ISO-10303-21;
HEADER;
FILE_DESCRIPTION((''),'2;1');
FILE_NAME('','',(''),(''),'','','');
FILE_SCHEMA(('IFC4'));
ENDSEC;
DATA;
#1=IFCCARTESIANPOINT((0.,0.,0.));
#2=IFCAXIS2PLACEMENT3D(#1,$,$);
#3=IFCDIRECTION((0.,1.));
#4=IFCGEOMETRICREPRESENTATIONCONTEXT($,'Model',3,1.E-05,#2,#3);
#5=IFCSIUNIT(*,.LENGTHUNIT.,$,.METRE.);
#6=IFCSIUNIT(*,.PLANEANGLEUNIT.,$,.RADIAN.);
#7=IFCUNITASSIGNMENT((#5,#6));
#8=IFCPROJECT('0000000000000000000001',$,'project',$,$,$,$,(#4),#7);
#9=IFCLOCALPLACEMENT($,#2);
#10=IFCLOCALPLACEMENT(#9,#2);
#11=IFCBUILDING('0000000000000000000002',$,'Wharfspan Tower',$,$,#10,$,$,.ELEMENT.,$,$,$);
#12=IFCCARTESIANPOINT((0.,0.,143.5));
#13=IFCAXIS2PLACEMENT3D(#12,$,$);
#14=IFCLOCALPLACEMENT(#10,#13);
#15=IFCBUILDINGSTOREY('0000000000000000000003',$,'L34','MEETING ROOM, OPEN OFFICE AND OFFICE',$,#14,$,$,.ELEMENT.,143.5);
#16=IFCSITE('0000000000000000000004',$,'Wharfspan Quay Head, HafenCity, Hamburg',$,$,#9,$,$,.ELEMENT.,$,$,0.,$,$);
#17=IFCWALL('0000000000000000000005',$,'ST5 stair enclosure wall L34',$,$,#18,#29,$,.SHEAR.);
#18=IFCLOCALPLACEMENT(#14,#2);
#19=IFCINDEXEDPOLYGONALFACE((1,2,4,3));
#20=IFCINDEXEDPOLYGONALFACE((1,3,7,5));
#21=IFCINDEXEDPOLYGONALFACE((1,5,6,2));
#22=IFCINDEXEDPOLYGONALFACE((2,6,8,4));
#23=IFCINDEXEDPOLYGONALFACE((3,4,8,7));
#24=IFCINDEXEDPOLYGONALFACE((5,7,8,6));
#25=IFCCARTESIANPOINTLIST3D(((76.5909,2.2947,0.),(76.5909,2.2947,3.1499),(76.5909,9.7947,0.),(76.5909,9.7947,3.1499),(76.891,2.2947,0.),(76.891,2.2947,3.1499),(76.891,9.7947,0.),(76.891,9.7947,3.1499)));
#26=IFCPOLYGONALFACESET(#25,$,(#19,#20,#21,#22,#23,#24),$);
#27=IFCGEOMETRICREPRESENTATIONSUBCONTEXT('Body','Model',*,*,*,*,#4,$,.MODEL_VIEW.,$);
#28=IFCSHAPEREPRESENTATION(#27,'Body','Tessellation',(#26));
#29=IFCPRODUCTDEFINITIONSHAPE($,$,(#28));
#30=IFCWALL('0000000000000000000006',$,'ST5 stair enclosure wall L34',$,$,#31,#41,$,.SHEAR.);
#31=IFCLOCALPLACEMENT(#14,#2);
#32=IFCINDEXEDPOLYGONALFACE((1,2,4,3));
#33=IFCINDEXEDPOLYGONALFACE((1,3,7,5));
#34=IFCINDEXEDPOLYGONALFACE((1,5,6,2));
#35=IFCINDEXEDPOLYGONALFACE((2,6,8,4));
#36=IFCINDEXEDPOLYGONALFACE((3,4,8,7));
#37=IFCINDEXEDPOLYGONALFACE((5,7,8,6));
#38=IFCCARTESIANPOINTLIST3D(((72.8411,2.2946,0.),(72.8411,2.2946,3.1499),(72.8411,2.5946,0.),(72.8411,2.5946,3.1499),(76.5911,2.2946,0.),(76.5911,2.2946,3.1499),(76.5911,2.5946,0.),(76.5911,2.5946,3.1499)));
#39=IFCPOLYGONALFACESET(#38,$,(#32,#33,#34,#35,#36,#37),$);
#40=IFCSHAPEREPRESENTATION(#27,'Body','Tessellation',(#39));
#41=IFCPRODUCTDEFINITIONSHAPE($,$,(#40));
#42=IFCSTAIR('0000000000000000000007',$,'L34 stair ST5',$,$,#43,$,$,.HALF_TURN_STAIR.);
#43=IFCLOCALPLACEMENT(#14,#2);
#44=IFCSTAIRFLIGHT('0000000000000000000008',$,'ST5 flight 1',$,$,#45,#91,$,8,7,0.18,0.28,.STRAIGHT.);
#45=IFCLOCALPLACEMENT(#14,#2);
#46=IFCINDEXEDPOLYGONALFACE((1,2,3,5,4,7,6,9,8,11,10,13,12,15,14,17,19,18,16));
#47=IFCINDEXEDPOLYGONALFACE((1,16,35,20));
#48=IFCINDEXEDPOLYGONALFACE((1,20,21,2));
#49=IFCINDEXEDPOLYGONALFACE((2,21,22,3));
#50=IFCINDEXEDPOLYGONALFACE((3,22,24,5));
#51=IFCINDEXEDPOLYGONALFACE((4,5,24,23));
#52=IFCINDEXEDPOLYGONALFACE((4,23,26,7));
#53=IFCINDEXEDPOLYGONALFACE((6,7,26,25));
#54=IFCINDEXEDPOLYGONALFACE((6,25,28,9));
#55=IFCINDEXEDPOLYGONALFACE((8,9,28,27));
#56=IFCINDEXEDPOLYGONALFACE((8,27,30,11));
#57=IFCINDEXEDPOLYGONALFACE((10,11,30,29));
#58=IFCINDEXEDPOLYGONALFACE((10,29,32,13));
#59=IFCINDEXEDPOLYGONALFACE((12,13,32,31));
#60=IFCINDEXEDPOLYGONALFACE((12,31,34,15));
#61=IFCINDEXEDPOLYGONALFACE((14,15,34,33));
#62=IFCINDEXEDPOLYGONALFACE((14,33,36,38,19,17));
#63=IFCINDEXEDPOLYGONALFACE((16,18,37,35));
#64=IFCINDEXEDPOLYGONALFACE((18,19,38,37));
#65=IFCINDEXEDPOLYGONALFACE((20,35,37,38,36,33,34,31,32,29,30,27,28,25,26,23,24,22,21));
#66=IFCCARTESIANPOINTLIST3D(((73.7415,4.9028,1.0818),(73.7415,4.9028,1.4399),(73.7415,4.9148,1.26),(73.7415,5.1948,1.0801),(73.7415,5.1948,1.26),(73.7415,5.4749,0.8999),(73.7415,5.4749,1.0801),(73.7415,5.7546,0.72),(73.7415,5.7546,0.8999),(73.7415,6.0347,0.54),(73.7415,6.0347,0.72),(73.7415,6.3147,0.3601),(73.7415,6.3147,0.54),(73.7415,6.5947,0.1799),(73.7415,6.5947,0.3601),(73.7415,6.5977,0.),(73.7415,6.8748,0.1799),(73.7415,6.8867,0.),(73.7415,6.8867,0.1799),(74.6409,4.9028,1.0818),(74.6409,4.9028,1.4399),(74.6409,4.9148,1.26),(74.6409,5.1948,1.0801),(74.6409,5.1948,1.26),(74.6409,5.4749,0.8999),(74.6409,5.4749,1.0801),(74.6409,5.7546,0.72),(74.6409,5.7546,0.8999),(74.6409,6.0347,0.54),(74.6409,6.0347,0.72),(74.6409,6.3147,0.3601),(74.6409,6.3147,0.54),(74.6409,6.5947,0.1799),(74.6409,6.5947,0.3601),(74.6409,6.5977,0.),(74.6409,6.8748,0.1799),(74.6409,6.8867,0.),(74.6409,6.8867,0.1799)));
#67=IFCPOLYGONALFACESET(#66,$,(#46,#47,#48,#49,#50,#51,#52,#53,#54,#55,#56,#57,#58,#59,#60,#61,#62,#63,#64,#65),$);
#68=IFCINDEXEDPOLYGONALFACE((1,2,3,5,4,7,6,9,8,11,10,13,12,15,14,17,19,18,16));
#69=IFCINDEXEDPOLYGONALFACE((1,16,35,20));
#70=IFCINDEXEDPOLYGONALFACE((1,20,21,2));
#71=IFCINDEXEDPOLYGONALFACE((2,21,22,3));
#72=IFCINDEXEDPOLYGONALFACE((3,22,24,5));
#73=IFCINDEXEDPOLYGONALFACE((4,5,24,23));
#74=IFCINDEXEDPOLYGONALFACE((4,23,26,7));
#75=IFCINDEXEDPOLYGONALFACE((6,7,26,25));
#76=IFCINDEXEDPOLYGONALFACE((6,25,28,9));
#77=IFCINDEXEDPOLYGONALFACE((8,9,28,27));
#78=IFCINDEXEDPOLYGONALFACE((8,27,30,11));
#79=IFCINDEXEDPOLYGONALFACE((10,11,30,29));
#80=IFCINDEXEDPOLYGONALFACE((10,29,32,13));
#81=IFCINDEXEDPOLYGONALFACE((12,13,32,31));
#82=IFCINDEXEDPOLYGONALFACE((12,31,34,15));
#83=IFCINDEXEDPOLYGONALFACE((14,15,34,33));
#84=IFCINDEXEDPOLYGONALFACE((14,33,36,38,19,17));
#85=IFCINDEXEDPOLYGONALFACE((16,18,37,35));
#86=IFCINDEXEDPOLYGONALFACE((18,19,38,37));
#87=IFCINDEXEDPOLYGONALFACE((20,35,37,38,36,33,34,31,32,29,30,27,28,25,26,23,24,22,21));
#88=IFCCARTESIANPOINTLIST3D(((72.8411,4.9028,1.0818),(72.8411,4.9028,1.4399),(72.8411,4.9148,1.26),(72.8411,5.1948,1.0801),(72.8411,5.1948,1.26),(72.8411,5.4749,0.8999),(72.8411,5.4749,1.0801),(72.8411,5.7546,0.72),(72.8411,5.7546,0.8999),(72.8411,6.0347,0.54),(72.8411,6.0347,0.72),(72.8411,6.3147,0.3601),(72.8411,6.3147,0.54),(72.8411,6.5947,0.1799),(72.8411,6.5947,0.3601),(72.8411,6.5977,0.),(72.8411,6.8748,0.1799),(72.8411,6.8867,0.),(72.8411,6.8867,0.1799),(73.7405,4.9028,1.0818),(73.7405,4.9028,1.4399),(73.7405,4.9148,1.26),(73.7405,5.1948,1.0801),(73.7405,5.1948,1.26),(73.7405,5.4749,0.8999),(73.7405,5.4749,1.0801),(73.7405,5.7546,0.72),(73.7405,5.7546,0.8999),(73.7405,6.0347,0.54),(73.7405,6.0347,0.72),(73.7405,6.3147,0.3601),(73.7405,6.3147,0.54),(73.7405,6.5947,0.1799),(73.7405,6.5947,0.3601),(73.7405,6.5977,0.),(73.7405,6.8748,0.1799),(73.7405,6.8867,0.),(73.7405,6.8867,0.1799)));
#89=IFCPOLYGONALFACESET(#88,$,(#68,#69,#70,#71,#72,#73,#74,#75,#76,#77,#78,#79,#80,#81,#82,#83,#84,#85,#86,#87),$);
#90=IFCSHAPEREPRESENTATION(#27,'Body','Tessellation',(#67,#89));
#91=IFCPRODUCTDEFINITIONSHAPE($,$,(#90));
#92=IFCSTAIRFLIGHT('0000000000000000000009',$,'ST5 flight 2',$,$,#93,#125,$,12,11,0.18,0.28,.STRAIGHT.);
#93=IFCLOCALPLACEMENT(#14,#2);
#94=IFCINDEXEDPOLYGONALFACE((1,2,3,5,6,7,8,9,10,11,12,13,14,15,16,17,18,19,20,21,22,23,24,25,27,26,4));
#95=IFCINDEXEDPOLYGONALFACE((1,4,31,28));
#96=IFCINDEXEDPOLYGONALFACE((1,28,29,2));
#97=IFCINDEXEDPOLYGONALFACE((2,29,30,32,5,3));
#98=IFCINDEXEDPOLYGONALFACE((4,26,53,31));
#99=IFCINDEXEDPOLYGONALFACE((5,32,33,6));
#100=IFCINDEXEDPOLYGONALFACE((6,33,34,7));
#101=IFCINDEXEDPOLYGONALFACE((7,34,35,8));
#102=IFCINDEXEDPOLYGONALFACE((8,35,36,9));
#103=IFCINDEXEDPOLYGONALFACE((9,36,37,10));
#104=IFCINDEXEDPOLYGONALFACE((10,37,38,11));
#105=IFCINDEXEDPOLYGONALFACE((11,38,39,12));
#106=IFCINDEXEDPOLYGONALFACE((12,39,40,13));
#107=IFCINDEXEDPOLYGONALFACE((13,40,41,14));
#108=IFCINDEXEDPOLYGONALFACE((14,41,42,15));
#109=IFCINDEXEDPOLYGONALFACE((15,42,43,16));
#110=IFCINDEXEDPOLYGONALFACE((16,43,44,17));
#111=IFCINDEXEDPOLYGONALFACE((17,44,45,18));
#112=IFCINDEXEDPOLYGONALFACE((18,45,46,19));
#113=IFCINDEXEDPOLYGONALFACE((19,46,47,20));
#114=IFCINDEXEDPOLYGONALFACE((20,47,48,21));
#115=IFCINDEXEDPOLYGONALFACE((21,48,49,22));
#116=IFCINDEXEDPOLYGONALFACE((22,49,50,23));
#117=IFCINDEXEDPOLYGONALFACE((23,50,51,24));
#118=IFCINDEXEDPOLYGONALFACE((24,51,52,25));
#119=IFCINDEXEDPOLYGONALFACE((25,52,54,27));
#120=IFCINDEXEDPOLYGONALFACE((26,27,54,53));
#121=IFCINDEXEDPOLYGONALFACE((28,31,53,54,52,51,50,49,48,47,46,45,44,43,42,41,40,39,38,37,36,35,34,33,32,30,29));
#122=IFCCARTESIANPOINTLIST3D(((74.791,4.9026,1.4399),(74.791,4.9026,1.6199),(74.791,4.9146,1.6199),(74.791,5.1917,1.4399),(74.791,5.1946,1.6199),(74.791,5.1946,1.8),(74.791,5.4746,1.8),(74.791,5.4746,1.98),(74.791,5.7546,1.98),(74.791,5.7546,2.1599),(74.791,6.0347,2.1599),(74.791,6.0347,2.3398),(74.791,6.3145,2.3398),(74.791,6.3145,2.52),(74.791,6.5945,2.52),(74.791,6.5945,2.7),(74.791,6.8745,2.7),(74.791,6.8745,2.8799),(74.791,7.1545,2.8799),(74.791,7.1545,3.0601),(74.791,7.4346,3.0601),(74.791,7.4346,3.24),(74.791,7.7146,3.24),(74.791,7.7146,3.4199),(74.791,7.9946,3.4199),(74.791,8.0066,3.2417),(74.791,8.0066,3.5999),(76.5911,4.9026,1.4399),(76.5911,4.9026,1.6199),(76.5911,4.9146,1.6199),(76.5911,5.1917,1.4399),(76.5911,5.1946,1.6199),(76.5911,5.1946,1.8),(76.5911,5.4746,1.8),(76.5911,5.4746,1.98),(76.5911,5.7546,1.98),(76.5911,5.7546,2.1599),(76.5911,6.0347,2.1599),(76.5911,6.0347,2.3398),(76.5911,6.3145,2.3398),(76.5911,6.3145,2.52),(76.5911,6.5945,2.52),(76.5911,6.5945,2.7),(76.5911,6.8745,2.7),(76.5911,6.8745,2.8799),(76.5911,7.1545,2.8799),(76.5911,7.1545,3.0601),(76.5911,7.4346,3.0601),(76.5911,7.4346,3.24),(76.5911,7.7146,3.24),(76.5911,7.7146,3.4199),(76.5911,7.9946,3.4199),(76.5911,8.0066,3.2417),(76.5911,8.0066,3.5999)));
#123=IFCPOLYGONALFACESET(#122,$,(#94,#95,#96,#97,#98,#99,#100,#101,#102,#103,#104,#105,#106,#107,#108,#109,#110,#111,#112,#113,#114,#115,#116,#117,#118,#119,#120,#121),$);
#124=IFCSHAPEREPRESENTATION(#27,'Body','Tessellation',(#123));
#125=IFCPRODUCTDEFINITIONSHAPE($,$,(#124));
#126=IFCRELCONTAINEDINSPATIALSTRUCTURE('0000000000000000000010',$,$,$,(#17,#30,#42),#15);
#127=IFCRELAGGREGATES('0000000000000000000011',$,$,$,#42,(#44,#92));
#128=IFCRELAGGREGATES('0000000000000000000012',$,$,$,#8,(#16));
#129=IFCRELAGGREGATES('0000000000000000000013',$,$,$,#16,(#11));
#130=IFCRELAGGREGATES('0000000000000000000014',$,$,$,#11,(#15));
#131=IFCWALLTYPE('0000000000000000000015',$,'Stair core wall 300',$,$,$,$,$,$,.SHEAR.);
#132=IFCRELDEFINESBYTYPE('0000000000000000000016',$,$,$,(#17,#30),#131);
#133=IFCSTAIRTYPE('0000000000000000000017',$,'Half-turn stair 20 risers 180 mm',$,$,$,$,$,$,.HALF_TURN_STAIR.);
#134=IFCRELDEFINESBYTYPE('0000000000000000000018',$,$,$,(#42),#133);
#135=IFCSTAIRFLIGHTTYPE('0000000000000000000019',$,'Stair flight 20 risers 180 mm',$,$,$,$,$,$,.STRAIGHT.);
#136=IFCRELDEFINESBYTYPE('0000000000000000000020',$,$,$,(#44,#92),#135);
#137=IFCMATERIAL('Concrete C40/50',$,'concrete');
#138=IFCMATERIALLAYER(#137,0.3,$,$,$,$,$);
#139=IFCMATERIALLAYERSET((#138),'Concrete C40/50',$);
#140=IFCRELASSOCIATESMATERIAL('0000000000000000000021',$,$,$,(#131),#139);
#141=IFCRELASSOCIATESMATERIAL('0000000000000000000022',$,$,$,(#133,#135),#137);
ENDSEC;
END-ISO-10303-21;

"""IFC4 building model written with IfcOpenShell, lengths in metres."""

from ifc_helpers import new_model, si_unit, direction, frame, frame_2d, origin, place, context, subcontext, project, spatial, polyline, rectangle, outline, extrude, material, layer, layer_set, type_object, element, aggregate, save


model = new_model("IFC4")

# Units and contexts
model_context = context("Model", 3, precision=1e-05, world=origin(), true_north=direction((0.0, 1.0)))
body_context = subcontext(model_context, "Body", "Model", "MODEL_VIEW")
ifc_project = project(units=[si_unit("LENGTHUNIT", "METRE"), si_unit("PLANEANGLEUNIT", "RADIAN")], contexts=[model_context])

# Site, building, storey
site_placement = place(None, origin())
site = spatial("IfcSite", under=ifc_project, at=site_placement, Name="Wharfspan Quay Head, HafenCity, Hamburg", CompositionType="ELEMENT", RefElevation=0.0)
building_placement = place(site_placement, origin())
building = spatial("IfcBuilding", under=site, at=building_placement, Name="Wharfspan Tower", CompositionType="ELEMENT")
storey_placement = place(building_placement, frame((0.0, 0.0, 143.5)))
storey = spatial("IfcBuildingStorey", under=building, at=storey_placement, Name="L34", Description="MEETING ROOM, OPEN OFFICE AND OFFICE", CompositionType="ELEMENT", Elevation=143.5)

# Shared definitions
ifc_material_1 = material(Name="Concrete C40/50", Category="concrete")
ifc_layer_1 = layer(ifc_material_1, 0.3)
ifc_layer_set_1 = layer_set([ifc_layer_1], Name="Concrete C40/50")
wall_type_1 = type_object("IfcWallType", Name="Stair core wall 300", PredefinedType="SHEAR", material=ifc_layer_set_1)

# Walls
for number, where, z_axis, x_axis, name in (
    (1, (76.741, 2.2947, 0.0), (0.0, 0.0, 1.0), (0.0, 1.0, 0.0), "ST5 stair enclosure wall L34"),
):
    element("IfcWall", number, at=place(storey_placement, frame(where, z_axis=z_axis, x_axis=x_axis)), inside=storey, type_object=wall_type_1, Name=name, PredefinedType="SHEAR", context=body_context, shape_type="SweptSolid", body=[
        extrude(rectangle(XDim=7.5, YDim=0.3, at=frame_2d((3.75, 0.0))), origin(), (0.0, 0.0, 1.0), 3.1499),
    ])
wall_1_placement = place(storey_placement, frame((72.8411, 2.4446, 0.0), z_axis=(0.0, 0.0, 1.0), x_axis=(1.0, 0.0, 0.0)))
element("IfcWall", 2, at=wall_1_placement, inside=storey, type_object=wall_type_1, Name="ST5 stair enclosure wall L34", PredefinedType="SHEAR", context=body_context, shape_type="SweptSolid", body=[
    extrude(rectangle(XDim=3.75, YDim=0.3, at=frame_2d((1.875, 0.0))), origin(), (0.0, 0.0, 1.0), 3.1499),
])

# Stair, stair flights
stair_type = type_object("IfcStairType", Name="Half-turn stair 20 risers 180 mm", PredefinedType="HALF_TURN_STAIR", material=ifc_material_1)
stair_placement = place(storey_placement, origin())
stair = element("IfcStair", 3, at=stair_placement, inside=storey, type_object=stair_type, Name="L34 stair ST5", PredefinedType="HALF_TURN_STAIR")
stair_flight_type = type_object("IfcStairFlightType", Name="Stair flight 20 risers 180 mm", PredefinedType="STRAIGHT", material=ifc_material_1)
stair_flight_1_placement = place(storey_placement, frame((73.741, 6.8748, 0.0), z_axis=(0.0, 0.0, 1.0), x_axis=(0.0, -1.0, 0.0)))
stair_flight_1 = element("IfcStairFlight", 4, at=stair_flight_1_placement, type_object=stair_flight_type, Name="ST5 flight 1", NumberOfRisers=8, NumberOfTreads=7, PredefinedType="STRAIGHT", RiserHeight=0.18, TreadLength=0.28, context=body_context, shape_type="SweptSolid", body=[
    extrude(outline(polyline([(-0.012, 0.0), (-0.012, 0.1799), (0.0, 0.1799), (0.28, 0.1799), (0.28, 0.3601), (0.5601, 0.3601), (0.5601, 0.54), (0.8401, 0.54), (0.8401, 0.72), (1.1201, 0.72), (1.1201, 0.8999), (1.3999, 0.8999), (1.3999, 1.0801), (1.6799, 1.0801), (1.6799, 1.26), (1.96, 1.26), (1.9719, 1.4399), (1.9719, 1.0818), (0.2771, 0.0), (-0.012, 0.0)])), frame((0.0, 0.8999, 0.0), z_axis=(0.0, -1.0, 0.0), x_axis=(1.0, 0.0, 0.0)), (0.0, 0.0, 1.0), 0.8994),
    extrude(outline(polyline([(-0.012, 0.0), (-0.012, 0.1799), (0.0, 0.1799), (0.28, 0.1799), (0.28, 0.3601), (0.5601, 0.3601), (0.5601, 0.54), (0.8401, 0.54), (0.8401, 0.72), (1.1201, 0.72), (1.1201, 0.8999), (1.3999, 0.8999), (1.3999, 1.0801), (1.6799, 1.0801), (1.6799, 1.26), (1.96, 1.26), (1.9719, 1.4399), (1.9719, 1.0818), (0.2771, 0.0), (-0.012, 0.0)])), frame((0.0, -0.0005, 0.0), z_axis=(0.0, -1.0, 0.0), x_axis=(1.0, 0.0, 0.0)), (0.0, 0.0, 1.0), 0.8994),
])
stair_flight_2_placement = place(storey_placement, frame((75.6909, 4.9146, 1.4399), z_axis=(0.0, 0.0, 1.0), x_axis=(0.0, 1.0, 0.0)))
stair_flight_2 = element("IfcStairFlight", 5, at=stair_flight_2_placement, type_object=stair_flight_type, Name="ST5 flight 2", NumberOfRisers=12, NumberOfTreads=11, PredefinedType="STRAIGHT", RiserHeight=0.18, TreadLength=0.28, context=body_context, shape_type="SweptSolid", body=[
    extrude(outline(polyline([(-0.012, 0.0), (-0.012, 0.1799), (0.0, 0.1799), (0.28, 0.1799), (0.28, 0.3601), (0.5601, 0.3601), (0.5601, 0.54), (0.8401, 0.54), (0.8401, 0.72), (1.1201, 0.72), (1.1201, 0.8999), (1.3999, 0.8999), (1.3999, 1.0801), (1.6799, 1.0801), (1.6799, 1.26), (1.96, 1.26), (1.96, 1.4399), (2.24, 1.4399), (2.24, 1.6201), (2.52, 1.6201), (2.52, 1.8), (2.8, 1.8), (2.8, 1.98), (3.0801, 1.98), (3.092, 2.1599), (3.092, 1.8018), (0.2771, 0.0), (-0.012, 0.0)])), frame((0.0, 0.8999, 0.0), z_axis=(0.0, -1.0, 0.0), x_axis=(1.0, 0.0, 0.0)), (0.0, 0.0, 1.0), 1.8),
])
aggregate(stair, [stair_flight_1, stair_flight_2])

save(model, "model.ifc")
